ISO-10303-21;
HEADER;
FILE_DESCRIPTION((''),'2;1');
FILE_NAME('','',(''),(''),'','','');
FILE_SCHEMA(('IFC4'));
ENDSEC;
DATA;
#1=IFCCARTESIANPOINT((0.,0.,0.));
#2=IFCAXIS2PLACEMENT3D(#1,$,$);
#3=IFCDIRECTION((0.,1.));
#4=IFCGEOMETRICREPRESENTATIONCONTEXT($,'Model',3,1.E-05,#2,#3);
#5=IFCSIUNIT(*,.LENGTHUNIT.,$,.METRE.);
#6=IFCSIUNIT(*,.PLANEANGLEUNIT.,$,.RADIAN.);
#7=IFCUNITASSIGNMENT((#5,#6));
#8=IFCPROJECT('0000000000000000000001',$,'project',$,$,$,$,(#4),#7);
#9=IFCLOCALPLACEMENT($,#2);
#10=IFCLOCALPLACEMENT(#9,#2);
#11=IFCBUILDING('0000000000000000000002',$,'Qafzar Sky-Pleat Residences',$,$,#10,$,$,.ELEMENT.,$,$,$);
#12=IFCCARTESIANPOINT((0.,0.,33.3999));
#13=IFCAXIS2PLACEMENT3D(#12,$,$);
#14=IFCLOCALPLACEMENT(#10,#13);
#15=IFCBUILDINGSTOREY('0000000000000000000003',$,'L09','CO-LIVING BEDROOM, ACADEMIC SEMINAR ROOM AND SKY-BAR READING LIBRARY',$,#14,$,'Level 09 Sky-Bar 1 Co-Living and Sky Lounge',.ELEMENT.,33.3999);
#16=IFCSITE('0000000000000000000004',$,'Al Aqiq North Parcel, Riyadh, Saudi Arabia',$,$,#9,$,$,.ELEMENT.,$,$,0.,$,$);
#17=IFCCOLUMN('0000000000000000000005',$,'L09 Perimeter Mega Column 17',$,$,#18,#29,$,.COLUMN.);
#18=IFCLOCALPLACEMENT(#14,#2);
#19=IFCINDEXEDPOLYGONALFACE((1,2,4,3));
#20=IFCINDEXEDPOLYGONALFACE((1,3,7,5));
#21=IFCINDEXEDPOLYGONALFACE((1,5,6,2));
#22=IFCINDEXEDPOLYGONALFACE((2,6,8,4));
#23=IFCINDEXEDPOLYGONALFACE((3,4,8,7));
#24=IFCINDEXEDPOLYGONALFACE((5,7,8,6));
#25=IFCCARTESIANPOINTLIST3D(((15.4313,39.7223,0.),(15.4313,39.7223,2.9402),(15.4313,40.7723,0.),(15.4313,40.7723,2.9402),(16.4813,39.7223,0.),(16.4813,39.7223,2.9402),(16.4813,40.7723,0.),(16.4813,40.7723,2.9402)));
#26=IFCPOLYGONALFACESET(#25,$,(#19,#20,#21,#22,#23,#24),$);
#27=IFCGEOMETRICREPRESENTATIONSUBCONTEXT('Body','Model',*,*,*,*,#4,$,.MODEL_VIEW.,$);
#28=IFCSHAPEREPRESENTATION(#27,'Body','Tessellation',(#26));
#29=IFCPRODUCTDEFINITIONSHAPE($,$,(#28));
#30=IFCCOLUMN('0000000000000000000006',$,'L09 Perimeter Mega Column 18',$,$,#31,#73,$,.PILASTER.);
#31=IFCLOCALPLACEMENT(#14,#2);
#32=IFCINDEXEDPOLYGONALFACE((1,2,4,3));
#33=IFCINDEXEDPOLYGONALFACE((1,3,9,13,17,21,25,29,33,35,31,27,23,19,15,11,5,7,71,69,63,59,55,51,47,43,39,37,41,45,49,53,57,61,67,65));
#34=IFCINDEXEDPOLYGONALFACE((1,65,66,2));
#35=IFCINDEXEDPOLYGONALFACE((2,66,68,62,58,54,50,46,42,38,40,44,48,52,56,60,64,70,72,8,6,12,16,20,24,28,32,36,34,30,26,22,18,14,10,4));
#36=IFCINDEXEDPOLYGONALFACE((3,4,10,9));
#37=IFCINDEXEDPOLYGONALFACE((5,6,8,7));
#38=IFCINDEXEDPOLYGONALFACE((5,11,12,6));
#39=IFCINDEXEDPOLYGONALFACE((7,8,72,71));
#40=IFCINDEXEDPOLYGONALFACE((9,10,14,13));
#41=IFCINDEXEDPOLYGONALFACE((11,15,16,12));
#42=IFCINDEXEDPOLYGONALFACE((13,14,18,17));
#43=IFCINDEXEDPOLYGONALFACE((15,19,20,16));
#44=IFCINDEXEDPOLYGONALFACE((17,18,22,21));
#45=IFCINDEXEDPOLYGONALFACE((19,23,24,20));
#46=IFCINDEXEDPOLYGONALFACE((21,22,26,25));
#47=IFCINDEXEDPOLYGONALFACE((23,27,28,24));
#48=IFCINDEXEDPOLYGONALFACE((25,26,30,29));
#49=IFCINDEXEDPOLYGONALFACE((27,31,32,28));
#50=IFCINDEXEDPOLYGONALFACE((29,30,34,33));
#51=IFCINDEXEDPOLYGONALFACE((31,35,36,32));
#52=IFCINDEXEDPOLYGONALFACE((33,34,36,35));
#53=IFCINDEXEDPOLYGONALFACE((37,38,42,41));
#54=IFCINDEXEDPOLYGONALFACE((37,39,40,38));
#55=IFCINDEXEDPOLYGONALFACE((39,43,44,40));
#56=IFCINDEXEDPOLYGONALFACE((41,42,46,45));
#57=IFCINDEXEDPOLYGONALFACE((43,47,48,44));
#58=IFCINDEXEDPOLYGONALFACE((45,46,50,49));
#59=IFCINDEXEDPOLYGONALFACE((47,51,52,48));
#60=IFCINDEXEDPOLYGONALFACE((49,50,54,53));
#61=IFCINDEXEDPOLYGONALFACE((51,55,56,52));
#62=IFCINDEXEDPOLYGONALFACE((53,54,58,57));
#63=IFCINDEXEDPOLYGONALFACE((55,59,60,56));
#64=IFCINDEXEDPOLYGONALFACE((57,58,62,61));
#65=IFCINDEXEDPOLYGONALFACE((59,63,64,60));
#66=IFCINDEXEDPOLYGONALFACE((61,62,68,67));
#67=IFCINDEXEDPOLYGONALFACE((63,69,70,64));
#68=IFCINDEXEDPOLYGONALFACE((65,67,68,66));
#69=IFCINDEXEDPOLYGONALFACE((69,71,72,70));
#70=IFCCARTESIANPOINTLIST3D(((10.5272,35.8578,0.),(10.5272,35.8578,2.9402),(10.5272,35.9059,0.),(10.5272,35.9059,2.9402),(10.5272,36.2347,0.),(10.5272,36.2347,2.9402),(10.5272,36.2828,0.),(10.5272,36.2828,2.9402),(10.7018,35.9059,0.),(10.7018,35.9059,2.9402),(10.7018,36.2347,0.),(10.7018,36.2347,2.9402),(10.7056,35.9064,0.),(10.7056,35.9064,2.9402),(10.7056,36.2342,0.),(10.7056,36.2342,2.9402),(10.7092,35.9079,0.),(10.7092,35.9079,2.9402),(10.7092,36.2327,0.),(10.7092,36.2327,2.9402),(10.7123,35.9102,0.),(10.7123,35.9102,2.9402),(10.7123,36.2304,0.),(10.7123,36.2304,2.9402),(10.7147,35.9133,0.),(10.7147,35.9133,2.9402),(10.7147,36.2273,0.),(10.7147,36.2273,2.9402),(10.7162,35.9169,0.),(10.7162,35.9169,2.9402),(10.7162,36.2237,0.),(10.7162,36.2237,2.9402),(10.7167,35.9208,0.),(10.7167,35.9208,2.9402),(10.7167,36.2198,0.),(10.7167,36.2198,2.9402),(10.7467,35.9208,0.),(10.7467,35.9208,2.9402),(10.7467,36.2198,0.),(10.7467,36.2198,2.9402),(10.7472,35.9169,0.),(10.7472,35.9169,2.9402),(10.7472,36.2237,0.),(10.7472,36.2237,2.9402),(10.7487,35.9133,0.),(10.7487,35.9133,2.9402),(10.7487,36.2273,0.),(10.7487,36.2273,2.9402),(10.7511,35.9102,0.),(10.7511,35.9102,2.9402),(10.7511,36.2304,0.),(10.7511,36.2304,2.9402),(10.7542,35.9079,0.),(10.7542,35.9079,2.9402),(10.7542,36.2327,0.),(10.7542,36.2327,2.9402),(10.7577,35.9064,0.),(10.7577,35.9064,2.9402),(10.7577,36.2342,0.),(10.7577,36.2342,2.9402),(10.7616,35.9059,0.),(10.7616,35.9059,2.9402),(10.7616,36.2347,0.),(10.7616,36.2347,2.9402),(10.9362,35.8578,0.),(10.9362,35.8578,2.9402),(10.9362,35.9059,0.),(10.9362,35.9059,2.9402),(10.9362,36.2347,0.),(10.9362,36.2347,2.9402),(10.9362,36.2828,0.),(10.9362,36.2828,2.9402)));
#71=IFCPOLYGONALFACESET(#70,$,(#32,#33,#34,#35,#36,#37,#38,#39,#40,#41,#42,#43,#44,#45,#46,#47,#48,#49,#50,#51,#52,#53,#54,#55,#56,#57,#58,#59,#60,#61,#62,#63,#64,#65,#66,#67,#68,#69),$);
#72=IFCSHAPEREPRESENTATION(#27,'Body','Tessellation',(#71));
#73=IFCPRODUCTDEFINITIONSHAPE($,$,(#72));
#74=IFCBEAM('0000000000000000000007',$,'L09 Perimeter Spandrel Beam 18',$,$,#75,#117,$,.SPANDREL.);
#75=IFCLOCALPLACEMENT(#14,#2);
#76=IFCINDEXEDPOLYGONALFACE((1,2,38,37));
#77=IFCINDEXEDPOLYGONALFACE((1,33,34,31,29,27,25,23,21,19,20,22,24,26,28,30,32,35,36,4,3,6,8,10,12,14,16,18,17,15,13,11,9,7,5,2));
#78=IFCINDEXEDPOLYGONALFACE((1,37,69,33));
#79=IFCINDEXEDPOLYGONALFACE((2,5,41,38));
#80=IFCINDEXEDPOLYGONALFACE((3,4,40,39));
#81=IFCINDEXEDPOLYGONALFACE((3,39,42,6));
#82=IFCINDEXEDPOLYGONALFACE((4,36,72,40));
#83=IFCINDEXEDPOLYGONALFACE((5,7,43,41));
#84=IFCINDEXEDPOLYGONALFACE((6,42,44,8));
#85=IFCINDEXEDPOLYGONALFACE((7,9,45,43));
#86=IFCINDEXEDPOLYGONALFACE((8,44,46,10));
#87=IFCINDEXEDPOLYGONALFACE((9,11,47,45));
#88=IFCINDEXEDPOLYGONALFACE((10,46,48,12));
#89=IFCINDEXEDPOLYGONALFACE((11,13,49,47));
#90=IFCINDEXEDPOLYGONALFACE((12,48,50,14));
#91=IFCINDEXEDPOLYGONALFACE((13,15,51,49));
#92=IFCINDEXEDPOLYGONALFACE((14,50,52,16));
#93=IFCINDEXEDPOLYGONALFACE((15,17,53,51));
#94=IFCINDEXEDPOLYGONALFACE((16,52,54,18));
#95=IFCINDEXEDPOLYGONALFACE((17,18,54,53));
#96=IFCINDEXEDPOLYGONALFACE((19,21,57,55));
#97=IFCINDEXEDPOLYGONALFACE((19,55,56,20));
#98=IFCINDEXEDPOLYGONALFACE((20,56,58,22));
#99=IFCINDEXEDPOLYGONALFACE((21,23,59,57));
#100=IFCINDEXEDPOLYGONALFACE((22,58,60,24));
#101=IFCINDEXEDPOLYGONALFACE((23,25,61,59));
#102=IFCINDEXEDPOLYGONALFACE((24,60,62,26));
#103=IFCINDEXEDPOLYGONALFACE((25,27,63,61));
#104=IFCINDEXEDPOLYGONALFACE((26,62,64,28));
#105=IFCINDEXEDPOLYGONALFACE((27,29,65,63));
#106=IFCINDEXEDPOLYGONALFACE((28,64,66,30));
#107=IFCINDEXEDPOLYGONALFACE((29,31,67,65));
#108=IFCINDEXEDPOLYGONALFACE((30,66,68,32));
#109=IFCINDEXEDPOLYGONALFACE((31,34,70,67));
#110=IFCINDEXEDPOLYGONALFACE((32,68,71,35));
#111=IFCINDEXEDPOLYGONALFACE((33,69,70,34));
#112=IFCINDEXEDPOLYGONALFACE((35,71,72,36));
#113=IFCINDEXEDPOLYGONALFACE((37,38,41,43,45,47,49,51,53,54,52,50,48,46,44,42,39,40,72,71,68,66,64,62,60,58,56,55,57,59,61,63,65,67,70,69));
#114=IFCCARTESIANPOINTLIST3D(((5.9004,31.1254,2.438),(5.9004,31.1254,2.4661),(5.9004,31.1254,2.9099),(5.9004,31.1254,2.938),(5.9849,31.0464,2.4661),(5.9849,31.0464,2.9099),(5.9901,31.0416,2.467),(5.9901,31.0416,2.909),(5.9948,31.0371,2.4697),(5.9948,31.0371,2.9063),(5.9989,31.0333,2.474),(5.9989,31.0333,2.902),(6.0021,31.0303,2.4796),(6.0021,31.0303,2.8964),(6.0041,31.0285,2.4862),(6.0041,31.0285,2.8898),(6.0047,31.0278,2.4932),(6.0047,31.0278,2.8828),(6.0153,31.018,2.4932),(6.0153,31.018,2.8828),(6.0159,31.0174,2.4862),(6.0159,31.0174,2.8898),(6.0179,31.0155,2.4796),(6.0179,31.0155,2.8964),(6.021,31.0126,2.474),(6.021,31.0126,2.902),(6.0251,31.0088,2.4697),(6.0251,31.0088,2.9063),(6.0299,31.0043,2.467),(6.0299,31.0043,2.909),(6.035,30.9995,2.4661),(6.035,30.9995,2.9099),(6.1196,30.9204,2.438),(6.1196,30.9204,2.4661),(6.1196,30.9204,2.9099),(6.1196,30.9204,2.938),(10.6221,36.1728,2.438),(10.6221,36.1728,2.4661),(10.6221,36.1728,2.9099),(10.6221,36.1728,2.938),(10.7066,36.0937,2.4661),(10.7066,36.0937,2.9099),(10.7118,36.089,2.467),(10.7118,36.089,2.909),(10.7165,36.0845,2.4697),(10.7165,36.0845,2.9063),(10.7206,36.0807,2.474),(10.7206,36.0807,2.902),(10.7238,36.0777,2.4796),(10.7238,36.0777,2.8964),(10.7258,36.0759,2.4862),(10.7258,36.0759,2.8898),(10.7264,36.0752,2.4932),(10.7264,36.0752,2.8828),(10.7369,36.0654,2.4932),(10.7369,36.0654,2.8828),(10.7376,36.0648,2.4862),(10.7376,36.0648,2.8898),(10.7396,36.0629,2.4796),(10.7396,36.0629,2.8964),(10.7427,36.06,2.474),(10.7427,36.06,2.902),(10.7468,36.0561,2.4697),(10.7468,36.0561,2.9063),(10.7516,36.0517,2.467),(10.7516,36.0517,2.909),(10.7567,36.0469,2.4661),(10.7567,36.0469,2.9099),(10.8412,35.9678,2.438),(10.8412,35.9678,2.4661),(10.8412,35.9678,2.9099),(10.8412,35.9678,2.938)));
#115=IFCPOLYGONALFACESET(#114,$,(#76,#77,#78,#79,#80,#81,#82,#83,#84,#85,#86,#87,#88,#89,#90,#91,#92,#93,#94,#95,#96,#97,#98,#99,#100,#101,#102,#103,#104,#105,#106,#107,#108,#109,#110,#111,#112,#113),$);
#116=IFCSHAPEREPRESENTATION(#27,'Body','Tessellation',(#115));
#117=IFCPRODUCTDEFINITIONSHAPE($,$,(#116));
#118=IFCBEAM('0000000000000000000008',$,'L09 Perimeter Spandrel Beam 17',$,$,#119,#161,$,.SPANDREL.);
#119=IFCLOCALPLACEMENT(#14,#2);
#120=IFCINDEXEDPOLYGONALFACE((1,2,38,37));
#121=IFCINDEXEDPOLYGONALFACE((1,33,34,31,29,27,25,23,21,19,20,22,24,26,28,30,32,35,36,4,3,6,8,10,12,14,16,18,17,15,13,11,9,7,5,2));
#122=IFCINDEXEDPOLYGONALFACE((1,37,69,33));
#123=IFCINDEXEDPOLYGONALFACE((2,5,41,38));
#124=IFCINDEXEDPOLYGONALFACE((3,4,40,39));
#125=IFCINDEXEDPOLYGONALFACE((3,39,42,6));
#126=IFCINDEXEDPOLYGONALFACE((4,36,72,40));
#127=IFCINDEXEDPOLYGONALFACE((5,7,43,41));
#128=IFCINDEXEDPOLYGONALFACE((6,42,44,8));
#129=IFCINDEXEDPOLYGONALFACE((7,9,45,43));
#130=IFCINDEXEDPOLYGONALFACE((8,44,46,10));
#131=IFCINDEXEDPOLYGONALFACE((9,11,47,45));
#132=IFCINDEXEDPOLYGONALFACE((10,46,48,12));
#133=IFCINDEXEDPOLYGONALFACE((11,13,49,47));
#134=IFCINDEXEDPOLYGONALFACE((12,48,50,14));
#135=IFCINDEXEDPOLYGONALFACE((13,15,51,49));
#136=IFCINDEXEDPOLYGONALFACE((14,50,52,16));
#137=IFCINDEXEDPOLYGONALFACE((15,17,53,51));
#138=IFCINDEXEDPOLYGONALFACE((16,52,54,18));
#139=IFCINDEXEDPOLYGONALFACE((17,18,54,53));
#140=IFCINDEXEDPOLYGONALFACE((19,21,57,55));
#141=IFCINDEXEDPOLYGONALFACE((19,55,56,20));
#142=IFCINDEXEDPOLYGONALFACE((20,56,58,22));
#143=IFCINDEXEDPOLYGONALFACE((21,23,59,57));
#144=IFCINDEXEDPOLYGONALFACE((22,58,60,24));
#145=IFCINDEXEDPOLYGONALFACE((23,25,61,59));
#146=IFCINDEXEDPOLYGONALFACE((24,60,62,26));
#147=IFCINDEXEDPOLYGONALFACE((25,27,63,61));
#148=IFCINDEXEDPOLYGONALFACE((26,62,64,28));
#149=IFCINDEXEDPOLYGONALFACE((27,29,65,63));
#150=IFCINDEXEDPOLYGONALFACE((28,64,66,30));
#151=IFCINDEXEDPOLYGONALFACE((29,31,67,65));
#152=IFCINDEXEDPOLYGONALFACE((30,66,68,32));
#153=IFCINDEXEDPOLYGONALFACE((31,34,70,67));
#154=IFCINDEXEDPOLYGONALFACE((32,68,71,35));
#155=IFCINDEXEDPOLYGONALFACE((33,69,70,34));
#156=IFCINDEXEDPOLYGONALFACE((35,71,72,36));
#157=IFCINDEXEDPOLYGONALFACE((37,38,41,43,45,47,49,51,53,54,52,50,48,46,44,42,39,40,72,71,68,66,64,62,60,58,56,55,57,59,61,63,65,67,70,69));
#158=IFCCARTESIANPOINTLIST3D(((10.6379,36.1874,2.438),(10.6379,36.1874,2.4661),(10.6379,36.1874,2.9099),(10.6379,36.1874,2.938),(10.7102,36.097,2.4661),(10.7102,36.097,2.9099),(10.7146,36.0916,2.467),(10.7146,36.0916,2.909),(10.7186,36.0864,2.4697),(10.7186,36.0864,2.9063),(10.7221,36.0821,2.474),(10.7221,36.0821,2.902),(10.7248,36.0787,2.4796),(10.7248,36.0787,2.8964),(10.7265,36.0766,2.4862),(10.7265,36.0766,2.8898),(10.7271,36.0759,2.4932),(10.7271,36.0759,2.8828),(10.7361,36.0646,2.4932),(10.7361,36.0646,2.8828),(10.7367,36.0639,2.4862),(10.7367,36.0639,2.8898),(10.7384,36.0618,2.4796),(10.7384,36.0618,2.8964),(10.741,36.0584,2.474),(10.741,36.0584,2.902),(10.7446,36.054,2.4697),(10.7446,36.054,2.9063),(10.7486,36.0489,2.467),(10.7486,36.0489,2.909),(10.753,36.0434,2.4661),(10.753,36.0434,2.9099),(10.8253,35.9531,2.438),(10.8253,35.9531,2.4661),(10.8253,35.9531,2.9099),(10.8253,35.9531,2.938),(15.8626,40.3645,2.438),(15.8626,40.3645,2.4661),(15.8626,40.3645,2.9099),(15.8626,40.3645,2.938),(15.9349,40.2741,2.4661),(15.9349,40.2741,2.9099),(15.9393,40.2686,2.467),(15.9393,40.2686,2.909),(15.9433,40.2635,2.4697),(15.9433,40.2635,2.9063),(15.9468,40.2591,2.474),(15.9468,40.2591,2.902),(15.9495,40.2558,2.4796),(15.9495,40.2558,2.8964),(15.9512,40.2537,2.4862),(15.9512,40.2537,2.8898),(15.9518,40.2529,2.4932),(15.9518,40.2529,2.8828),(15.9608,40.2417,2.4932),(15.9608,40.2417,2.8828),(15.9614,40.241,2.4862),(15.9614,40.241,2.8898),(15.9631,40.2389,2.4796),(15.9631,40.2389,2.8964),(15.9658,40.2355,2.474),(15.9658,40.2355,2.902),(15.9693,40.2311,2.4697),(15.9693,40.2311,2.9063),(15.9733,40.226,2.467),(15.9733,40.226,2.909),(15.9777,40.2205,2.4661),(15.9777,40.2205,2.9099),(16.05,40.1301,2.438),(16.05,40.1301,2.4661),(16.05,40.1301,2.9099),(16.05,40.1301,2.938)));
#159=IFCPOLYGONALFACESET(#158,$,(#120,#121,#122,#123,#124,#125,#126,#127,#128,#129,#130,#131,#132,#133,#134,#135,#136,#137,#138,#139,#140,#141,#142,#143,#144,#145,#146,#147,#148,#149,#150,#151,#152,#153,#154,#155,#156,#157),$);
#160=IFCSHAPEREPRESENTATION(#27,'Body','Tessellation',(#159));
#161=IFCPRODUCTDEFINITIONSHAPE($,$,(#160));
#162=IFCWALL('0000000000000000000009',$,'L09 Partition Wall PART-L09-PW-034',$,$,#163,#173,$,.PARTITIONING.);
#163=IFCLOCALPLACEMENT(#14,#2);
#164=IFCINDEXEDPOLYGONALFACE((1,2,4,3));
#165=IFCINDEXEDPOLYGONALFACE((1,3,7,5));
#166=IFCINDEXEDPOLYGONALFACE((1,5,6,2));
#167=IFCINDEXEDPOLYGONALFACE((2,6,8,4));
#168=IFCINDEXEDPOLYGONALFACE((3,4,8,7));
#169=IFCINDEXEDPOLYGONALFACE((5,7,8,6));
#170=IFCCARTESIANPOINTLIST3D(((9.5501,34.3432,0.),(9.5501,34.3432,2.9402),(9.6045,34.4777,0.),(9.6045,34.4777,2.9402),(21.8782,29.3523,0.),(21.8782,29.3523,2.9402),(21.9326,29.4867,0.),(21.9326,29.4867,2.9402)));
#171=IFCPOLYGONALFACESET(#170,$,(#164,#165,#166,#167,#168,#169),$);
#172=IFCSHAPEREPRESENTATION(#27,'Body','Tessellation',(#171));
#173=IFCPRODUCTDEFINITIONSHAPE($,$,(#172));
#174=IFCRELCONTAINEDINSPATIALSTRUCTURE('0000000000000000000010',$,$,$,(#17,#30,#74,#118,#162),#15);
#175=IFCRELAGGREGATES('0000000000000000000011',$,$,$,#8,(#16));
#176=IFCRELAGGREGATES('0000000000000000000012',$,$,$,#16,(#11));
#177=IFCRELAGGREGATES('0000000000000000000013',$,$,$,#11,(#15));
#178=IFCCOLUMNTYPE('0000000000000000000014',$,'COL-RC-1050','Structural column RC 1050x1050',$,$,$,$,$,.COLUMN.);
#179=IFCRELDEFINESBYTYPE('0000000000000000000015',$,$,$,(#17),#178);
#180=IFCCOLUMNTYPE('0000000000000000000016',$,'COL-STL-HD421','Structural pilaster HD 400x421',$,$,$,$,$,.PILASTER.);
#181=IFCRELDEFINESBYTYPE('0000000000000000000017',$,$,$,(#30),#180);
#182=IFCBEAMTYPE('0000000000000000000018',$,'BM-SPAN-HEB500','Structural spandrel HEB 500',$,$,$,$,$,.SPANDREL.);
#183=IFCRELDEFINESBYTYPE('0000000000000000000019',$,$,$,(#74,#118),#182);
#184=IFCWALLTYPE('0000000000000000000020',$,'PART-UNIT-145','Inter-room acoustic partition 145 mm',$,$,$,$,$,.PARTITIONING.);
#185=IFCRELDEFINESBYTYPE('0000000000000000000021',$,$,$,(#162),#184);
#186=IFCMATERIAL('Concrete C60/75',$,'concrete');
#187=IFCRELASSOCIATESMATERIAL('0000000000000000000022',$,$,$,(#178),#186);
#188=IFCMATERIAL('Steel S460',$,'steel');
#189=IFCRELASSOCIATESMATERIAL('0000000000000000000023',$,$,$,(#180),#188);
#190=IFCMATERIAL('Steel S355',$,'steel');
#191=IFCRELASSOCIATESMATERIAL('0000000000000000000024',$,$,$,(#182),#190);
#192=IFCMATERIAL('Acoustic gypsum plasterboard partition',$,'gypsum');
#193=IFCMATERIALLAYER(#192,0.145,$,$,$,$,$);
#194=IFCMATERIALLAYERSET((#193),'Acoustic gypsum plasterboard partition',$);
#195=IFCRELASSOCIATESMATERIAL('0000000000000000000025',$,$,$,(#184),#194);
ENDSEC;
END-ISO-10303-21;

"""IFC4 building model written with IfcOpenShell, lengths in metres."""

from ifc_helpers import new_model, si_unit, direction, frame, frame_2d, origin, origin_2d, place, context, subcontext, project, spatial, rectangle, i_section, extrude, source, transform, mapped, material, layer, layer_set, material_profile, profile_set, type_object, element, save


model = new_model("IFC4")

# Units and contexts
model_context = context("Model", 3, precision=1e-05, world=origin(), true_north=direction((0.0, 1.0)))
body_context = subcontext(model_context, "Body", "Model", "MODEL_VIEW")
ifc_project = project(units=[si_unit("LENGTHUNIT", "METRE"), si_unit("PLANEANGLEUNIT", "RADIAN")], contexts=[model_context])

# Site, building, storey
site_placement = place(None, origin())
site = spatial("IfcSite", under=ifc_project, at=site_placement, Name="Al Aqiq North Parcel, Riyadh, Saudi Arabia", CompositionType="ELEMENT", RefElevation=0.0)
building_placement = place(site_placement, origin())
building = spatial("IfcBuilding", under=site, at=building_placement, Name="Qafzar Sky-Pleat Residences", CompositionType="ELEMENT")
storey_placement = place(building_placement, frame((0.0, 0.0, 33.3999)))
storey = spatial("IfcBuildingStorey", under=building, at=storey_placement, Name="L09", Description="CO-LIVING BEDROOM, ACADEMIC SEMINAR ROOM AND SKY-BAR READING LIBRARY", LongName="Level 09 Sky-Bar 1 Co-Living and Sky Lounge", CompositionType="ELEMENT", Elevation=33.3999)

# Columns
ifc_material_1 = material(Name="Concrete C60/75", Category="concrete")
ifc_material_profile_1 = material_profile(ifc_material_1, rectangle(XDim=1.05, YDim=1.05, at=origin_2d()), Name="RC 1050x1050")
ifc_profile_set_1 = profile_set([ifc_material_profile_1], Name="Concrete C60/75")
column_type_1 = type_object("IfcColumnType", Name="COL-RC-1050", Description="Structural column RC 1050x1050", PredefinedType="COLUMN", material=ifc_profile_set_1)
shared_shape_1 = source(origin(), body_context, "Body", "SweptSolid", [
    extrude(rectangle(XDim=1.05, YDim=1.05, at=origin_2d()), origin(), (0.0, 0.0, 1.0), 2.9402),
])
column_1_placement = place(storey_placement, frame((15.9563, 40.2473, 0.0), z_axis=(0.0, 0.0, 1.0), x_axis=(1.0, 0.0, 0.0)))
element("IfcColumn", 1, at=column_1_placement, inside=storey, type_object=column_type_1, Name="L09 Perimeter Mega Column 17", PredefinedType="COLUMN", context=body_context, shape_type="MappedRepresentation", body=[
    mapped(shared_shape_1, transform((0.0, 0.0, 0.0), x_axis=(1.0, 0.0, 0.0), y_axis=(0.0, 1.0, 0.0), z_axis=(0.0, 0.0, 1.0), scale=1.0)),
])
ifc_material_2 = material(Name="Steel S460", Category="steel")
ifc_material_profile_2 = material_profile(ifc_material_2, i_section(OverallWidth=0.4089, OverallDepth=0.425, WebThickness=0.03, FlangeThickness=0.0481, FilletRadius=0.0149, at=origin_2d()), Name="HD 400x421")
ifc_profile_set_2 = profile_set([ifc_material_profile_2], Name="Steel S460")
column_type_2 = type_object("IfcColumnType", Name="COL-STL-HD421", Description="Structural pilaster HD 400x421", PredefinedType="PILASTER", material=ifc_profile_set_2)
shared_shape_2 = source(origin(), body_context, "Body", "SweptSolid", [
    extrude(i_section(OverallWidth=0.4089, OverallDepth=0.425, WebThickness=0.03, FlangeThickness=0.0481, FilletRadius=0.0149, at=origin_2d()), origin(), (0.0, 0.0, 1.0), 2.9402),
])
column_2_placement = place(storey_placement, frame((10.7317, 36.0703, 0.0), z_axis=(0.0, 0.0, 1.0), x_axis=(1.0, 0.0, 0.0)))
element("IfcColumn", 2, at=column_2_placement, inside=storey, type_object=column_type_2, Name="L09 Perimeter Mega Column 18", PredefinedType="PILASTER", context=body_context, shape_type="MappedRepresentation", body=[
    mapped(shared_shape_2, transform((0.0, 0.0, 0.0), x_axis=(1.0, 0.0, 0.0), y_axis=(0.0, 1.0, 0.0), z_axis=(0.0, 0.0, 1.0), scale=1.0)),
])

# Beams
ifc_material_3 = material(Name="Steel S355", Category="steel")
ifc_material_profile_3 = material_profile(ifc_material_3, i_section(OverallWidth=0.3, OverallDepth=0.5, WebThickness=0.0144, FlangeThickness=0.0281, FilletRadius=0.0271, at=origin_2d()), Name="HEB 500")
ifc_profile_set_3 = profile_set([ifc_material_profile_3], Name="Steel S355")
beam_type = type_object("IfcBeamType", Name="BM-SPAN-HEB500", Description="Structural spandrel HEB 500", PredefinedType="SPANDREL", material=ifc_profile_set_3)
shared_shape_3 = source(origin(), body_context, "Body", "SweptSolid", [
    extrude(i_section(OverallWidth=0.3, OverallDepth=0.5, WebThickness=0.0144, FlangeThickness=0.0281, FilletRadius=0.0271, at=origin_2d()), origin(), (0.0, 0.0, 1.0), 6.9116),
])
beam_1_placement = place(storey_placement, frame((10.7317, 36.0703, 2.688), z_axis=(-0.683153, -0.730275, 0.0), x_axis=(0.730275, -0.683153, 0.0)))
element("IfcBeam", 3, at=beam_1_placement, inside=storey, type_object=beam_type, Name="L09 Perimeter Spandrel Beam 18", PredefinedType="SPANDREL", context=body_context, shape_type="MappedRepresentation", body=[
    mapped(shared_shape_3, transform((0.0, 0.0, 0.0), x_axis=(1.0, 0.0, 0.0), y_axis=(0.0, 1.0, 0.0), z_axis=(0.0, 0.0, 1.0), scale=1.0)),
])
shared_shape_4 = source(origin(), body_context, "Body", "SweptSolid", [
    extrude(i_section(OverallWidth=0.3, OverallDepth=0.5, WebThickness=0.0144, FlangeThickness=0.0281, FilletRadius=0.0271, at=origin_2d()), origin(), (0.0, 0.0, 1.0), 6.6892),
])
beam_2_placement = place(storey_placement, frame((15.9563, 40.2473, 2.688), z_axis=(-0.781065, -0.62445, 0.0), x_axis=(0.62445, -0.781065, 0.0)))
element("IfcBeam", 4, at=beam_2_placement, inside=storey, type_object=beam_type, Name="L09 Perimeter Spandrel Beam 17", PredefinedType="SPANDREL", context=body_context, shape_type="MappedRepresentation", body=[
    mapped(shared_shape_4, transform((0.0, 0.0, 0.0), x_axis=(1.0, 0.0, 0.0), y_axis=(0.0, 1.0, 0.0), z_axis=(0.0, 0.0, 1.0), scale=1.0)),
])

# Wall
ifc_material_4 = material(Name="Acoustic gypsum plasterboard partition", Category="gypsum")
ifc_layer_1 = layer(ifc_material_4, 0.145)
ifc_layer_set_1 = layer_set([ifc_layer_1], Name="Acoustic gypsum plasterboard partition")
wall_type_1 = type_object("IfcWallType", Name="PART-UNIT-145", Description="Inter-room acoustic partition 145 mm", PredefinedType="PARTITIONING", material=ifc_layer_set_1)
wall_1_placement = place(storey_placement, frame((9.5774, 34.4104, 0.0), z_axis=(0.0, 0.0, 1.0), x_axis=(0.92692, -0.375258, 0.0)))
element("IfcWall", 5, at=wall_1_placement, inside=storey, type_object=wall_type_1, Name="L09 Partition Wall PART-L09-PW-034", PredefinedType="PARTITIONING", context=body_context, shape_type="SweptSolid", body=[
    extrude(rectangle(XDim=13.3, YDim=0.145, at=frame_2d((6.6499, 0.0))), origin(), (0.0, 0.0, 1.0), 2.9402),
])

save(model, "model.ifc")
